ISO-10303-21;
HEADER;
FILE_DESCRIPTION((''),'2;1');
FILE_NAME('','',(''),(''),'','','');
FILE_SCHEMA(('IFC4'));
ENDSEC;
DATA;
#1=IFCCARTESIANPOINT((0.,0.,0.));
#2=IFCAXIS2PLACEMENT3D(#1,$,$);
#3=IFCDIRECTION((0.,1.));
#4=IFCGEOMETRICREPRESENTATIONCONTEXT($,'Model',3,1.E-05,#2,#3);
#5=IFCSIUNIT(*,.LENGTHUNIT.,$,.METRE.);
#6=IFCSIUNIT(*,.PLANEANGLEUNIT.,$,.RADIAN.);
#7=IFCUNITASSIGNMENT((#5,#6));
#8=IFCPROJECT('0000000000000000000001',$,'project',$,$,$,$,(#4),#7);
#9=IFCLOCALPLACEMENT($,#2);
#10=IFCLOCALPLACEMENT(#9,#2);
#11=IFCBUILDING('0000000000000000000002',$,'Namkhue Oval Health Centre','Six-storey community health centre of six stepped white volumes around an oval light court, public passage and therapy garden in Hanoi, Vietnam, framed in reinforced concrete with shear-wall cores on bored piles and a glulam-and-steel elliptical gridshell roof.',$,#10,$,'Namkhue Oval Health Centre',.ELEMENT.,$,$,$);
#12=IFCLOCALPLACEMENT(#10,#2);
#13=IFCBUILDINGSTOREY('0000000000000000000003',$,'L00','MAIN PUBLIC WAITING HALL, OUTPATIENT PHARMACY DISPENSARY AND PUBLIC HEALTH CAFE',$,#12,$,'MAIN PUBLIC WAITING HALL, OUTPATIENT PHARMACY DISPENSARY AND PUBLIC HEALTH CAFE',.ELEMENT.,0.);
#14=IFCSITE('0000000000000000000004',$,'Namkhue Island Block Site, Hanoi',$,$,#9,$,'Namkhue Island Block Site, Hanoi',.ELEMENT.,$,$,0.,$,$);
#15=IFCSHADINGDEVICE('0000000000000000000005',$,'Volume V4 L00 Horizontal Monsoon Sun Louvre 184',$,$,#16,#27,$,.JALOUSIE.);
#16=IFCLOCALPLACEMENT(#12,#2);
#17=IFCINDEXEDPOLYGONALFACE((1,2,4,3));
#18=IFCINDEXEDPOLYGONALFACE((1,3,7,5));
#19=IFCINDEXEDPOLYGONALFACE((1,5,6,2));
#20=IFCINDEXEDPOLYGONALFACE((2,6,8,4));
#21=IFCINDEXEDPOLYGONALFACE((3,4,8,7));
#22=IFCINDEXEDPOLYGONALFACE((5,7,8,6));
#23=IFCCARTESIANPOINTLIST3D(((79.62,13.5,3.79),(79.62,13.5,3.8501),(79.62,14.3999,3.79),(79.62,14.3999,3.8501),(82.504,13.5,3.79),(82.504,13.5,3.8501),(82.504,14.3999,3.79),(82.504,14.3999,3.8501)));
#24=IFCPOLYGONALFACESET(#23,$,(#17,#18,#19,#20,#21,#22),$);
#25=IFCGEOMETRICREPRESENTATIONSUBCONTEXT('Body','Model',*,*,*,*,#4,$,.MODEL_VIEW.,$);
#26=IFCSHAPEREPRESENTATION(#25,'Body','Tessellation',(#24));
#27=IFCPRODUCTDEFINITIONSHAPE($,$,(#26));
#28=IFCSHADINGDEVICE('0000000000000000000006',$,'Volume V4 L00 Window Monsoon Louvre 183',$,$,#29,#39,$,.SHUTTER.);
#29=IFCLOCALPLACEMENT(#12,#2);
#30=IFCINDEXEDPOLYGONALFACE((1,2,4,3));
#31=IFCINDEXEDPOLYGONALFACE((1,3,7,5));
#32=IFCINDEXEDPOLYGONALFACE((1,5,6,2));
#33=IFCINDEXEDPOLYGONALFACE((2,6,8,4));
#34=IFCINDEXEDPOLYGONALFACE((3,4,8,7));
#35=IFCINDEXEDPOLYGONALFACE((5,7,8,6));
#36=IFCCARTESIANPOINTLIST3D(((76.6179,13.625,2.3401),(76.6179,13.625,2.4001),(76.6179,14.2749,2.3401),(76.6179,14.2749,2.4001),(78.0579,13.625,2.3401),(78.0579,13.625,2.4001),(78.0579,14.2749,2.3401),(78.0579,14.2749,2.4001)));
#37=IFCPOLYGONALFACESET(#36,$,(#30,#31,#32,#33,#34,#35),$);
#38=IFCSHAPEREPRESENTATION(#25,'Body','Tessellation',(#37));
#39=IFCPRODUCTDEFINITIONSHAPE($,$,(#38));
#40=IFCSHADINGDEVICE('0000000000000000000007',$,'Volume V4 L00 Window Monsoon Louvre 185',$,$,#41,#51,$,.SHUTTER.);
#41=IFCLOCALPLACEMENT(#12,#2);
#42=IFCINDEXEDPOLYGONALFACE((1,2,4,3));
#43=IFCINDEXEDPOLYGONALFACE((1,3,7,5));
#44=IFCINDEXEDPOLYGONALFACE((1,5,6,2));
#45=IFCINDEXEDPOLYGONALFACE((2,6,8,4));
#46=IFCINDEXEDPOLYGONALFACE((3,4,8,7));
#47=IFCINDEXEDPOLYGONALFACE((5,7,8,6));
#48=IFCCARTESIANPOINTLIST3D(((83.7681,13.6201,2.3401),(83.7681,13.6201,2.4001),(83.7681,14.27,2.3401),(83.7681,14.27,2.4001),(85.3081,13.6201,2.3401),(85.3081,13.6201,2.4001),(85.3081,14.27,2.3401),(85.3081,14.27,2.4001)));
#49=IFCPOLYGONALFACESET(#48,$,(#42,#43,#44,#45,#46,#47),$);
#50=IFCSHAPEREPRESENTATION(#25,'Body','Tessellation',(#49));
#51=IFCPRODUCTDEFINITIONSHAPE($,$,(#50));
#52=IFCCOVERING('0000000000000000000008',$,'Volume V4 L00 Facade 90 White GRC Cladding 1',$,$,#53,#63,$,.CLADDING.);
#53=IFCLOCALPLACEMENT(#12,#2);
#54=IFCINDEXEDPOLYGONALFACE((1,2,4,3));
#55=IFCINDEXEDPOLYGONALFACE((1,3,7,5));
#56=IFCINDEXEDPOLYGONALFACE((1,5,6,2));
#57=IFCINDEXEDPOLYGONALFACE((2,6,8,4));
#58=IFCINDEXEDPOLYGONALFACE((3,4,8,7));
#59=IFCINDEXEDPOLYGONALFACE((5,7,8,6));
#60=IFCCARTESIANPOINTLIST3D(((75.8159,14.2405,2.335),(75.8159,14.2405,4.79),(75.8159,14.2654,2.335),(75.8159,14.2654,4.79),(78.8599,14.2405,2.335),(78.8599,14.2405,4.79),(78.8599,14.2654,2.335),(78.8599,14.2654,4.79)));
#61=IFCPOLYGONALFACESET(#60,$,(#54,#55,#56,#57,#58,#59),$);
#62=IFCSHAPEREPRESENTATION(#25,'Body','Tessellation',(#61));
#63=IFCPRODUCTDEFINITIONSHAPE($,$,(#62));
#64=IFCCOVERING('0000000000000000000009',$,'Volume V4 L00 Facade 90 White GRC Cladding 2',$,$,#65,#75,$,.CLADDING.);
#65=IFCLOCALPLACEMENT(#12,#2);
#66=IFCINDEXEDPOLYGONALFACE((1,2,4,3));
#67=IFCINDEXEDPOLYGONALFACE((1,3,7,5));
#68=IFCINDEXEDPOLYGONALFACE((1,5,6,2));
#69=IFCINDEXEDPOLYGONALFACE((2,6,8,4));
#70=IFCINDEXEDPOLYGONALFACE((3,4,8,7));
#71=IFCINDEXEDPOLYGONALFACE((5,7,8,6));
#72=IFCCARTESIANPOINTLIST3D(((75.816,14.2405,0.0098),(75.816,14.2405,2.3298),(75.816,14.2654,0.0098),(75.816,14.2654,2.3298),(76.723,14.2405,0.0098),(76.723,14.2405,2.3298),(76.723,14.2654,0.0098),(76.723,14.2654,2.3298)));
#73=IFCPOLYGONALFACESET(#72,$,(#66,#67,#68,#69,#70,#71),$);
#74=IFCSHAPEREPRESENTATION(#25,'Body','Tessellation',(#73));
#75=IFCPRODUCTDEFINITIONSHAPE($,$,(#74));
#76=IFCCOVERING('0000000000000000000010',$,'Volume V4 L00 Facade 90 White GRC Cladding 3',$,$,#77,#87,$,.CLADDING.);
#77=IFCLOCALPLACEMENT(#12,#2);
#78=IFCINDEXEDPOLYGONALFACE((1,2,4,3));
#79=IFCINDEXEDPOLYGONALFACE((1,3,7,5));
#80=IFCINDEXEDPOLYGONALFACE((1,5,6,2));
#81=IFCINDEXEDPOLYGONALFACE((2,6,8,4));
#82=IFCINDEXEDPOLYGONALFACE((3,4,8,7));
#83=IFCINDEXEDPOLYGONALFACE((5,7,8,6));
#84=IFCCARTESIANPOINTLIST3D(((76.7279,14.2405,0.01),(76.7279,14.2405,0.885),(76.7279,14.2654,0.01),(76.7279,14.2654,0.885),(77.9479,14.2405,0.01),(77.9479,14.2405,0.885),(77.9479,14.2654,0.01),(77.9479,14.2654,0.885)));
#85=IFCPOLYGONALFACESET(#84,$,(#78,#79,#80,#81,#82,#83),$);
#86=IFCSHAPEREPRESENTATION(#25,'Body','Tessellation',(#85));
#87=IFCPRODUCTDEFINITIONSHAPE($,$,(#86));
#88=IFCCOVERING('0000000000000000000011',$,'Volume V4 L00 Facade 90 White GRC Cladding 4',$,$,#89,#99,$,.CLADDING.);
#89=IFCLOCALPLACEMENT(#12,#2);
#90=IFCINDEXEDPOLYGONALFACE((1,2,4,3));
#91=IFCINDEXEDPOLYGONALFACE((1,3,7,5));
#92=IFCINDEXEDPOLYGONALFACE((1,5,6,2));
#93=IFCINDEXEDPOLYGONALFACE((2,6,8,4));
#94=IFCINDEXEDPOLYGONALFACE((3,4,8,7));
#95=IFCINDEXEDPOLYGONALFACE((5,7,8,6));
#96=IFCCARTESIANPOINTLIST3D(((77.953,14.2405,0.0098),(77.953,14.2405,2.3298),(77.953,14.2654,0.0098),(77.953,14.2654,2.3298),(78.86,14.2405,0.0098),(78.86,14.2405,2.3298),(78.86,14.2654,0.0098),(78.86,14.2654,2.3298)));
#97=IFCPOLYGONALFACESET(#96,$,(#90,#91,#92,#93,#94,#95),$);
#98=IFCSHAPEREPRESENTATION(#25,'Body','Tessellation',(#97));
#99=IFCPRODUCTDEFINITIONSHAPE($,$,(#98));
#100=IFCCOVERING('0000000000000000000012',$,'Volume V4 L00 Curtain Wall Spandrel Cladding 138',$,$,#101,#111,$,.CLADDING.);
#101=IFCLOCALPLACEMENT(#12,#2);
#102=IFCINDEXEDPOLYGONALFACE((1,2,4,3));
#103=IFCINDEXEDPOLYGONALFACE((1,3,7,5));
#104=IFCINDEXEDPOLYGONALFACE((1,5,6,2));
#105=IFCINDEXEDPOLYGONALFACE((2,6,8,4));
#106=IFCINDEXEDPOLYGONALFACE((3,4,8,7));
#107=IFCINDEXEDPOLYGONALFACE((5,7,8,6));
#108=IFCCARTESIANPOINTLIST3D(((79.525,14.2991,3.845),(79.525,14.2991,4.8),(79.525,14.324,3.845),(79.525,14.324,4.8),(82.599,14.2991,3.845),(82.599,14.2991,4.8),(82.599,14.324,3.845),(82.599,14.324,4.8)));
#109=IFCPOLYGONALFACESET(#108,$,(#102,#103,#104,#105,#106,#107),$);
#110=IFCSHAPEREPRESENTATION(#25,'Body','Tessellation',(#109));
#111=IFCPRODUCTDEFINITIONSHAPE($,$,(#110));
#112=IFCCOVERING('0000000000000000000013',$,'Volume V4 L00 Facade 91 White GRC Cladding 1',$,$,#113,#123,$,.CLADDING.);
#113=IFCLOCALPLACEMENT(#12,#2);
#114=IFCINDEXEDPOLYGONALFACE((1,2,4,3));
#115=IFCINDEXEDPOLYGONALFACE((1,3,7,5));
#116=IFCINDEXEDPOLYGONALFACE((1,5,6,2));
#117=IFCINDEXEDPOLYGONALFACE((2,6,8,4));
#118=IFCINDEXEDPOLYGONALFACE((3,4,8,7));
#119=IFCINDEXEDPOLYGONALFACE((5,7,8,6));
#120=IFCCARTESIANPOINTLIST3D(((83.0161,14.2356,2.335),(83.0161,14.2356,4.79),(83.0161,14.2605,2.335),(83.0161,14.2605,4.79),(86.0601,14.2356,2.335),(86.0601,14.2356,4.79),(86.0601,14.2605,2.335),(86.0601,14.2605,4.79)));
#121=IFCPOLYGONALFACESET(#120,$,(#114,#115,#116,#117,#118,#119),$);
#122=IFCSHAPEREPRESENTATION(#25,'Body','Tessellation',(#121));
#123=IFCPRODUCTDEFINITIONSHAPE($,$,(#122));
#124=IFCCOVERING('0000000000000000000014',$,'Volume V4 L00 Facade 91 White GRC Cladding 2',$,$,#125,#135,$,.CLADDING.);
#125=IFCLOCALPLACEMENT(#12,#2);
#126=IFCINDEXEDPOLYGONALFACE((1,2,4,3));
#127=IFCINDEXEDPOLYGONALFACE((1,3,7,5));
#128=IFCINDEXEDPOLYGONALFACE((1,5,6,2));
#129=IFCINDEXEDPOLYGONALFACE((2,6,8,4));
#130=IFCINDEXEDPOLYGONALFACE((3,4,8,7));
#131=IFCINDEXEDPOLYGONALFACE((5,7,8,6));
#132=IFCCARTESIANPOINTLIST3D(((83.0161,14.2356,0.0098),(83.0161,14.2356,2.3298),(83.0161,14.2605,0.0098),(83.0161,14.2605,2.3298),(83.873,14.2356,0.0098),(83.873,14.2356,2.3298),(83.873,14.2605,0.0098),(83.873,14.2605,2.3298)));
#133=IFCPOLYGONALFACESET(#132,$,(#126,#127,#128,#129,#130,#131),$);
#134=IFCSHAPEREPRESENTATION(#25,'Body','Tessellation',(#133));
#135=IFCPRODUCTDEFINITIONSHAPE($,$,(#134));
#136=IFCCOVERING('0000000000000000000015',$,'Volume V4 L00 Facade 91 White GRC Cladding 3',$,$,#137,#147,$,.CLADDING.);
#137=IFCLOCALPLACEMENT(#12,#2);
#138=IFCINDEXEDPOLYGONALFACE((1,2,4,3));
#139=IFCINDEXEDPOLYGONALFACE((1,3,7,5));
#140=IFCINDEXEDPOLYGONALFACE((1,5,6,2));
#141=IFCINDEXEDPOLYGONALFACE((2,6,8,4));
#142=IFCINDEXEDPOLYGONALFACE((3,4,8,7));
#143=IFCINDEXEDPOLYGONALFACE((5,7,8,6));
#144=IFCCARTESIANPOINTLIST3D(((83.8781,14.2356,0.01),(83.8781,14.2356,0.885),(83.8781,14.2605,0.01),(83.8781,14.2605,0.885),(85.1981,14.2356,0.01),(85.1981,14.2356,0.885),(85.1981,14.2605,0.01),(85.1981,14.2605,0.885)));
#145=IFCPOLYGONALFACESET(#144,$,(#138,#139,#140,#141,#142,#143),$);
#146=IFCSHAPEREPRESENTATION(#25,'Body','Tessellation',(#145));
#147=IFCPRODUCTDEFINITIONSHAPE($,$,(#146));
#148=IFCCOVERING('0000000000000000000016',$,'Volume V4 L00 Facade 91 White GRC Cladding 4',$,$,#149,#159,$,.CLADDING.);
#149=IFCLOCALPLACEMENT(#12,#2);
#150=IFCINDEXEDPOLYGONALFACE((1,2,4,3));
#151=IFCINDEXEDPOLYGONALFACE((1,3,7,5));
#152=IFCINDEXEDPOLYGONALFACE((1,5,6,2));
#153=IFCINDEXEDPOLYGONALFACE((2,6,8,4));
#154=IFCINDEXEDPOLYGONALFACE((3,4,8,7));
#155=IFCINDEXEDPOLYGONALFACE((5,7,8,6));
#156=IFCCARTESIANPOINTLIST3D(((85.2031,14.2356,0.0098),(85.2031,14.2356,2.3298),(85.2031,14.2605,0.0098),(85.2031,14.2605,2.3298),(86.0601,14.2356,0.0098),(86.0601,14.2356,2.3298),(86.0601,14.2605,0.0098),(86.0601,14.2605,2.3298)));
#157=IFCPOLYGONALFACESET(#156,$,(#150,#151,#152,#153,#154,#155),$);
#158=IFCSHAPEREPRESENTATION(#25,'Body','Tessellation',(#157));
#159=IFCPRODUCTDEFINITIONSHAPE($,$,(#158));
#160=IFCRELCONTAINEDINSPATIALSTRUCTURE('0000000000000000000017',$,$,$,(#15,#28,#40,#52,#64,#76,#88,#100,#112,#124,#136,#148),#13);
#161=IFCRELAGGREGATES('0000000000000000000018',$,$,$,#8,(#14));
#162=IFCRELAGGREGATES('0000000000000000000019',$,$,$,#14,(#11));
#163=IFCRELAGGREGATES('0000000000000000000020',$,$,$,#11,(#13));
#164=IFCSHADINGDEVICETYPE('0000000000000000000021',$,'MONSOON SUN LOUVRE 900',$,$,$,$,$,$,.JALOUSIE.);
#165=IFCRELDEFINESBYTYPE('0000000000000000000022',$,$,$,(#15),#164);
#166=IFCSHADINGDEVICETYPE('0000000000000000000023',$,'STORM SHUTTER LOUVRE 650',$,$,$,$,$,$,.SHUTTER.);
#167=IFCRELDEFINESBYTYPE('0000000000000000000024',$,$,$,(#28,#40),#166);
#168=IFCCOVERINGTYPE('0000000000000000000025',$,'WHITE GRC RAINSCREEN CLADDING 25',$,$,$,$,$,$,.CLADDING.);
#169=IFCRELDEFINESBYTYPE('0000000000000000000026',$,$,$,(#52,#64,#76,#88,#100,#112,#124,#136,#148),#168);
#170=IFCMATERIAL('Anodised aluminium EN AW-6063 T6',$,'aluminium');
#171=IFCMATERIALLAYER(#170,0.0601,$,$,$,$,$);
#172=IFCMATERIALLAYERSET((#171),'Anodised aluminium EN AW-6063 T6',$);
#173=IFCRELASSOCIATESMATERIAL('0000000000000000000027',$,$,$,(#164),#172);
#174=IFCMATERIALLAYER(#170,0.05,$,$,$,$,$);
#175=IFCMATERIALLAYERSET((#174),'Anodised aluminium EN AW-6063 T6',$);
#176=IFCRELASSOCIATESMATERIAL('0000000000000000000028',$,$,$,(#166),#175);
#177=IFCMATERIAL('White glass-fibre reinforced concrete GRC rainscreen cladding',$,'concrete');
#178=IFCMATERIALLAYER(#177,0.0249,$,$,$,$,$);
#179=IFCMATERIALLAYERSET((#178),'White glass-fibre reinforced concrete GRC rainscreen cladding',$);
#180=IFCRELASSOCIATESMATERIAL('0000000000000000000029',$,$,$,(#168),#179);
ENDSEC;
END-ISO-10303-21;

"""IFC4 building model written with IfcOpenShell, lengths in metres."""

from ifc_helpers import new_model, si_unit, direction, frame, origin, origin_2d, place, context, subcontext, project, spatial, rectangle, extrude, material, layer, layer_set, type_object, element, save


model = new_model("IFC4")

# Units and contexts
model_context = context("Model", 3, precision=1e-05, world=origin(), true_north=direction((0.0, 1.0)))
body_context = subcontext(model_context, "Body", "Model", "MODEL_VIEW")
ifc_project = project(units=[si_unit("LENGTHUNIT", "METRE"), si_unit("PLANEANGLEUNIT", "RADIAN")], contexts=[model_context])

# Site, building, storey
site_placement = place(None, origin())
site = spatial("IfcSite", under=ifc_project, at=site_placement, Name="Namkhue Island Block Site, Hanoi", LongName="Namkhue Island Block Site, Hanoi", CompositionType="ELEMENT", RefElevation=0.0)
building_placement = place(site_placement, origin())
building = spatial("IfcBuilding", under=site, at=building_placement, Name="Namkhue Oval Health Centre", Description="Six-storey community health centre of six stepped white volumes around an oval light court, public passage and therapy garden in Hanoi, Vietnam, framed in reinforced concrete with shear-wall cores on bored piles and a glulam-and-steel elliptical gridshell roof.", LongName="Namkhue Oval Health Centre", CompositionType="ELEMENT")
storey_placement = place(building_placement, origin())
storey = spatial("IfcBuildingStorey", under=building, at=storey_placement, Name="L00", Description="MAIN PUBLIC WAITING HALL, OUTPATIENT PHARMACY DISPENSARY AND PUBLIC HEALTH CAFE", LongName="MAIN PUBLIC WAITING HALL, OUTPATIENT PHARMACY DISPENSARY AND PUBLIC HEALTH CAFE", CompositionType="ELEMENT", Elevation=0.0)

# Shared definitions
ifc_material_1 = material(Name="Anodised aluminium EN AW-6063 T6", Category="aluminium")

# Shading devices
ifc_layer_1 = layer(ifc_material_1, 0.0601)
ifc_layer_set_1 = layer_set([ifc_layer_1], Name="Anodised aluminium EN AW-6063 T6")
shading_device_type_1 = type_object("IfcShadingDeviceType", Name="MONSOON SUN LOUVRE 900", PredefinedType="JALOUSIE", material=ifc_layer_set_1)
shading_device_1_placement = place(storey_placement, frame((81.062, 13.95, 3.79), z_axis=(0.0, 0.0, 1.0), x_axis=(1.0, 0.0, 0.0)))
element("IfcShadingDevice", 1, at=shading_device_1_placement, inside=storey, type_object=shading_device_type_1, Name="Volume V4 L00 Horizontal Monsoon Sun Louvre 184", PredefinedType="JALOUSIE", context=body_context, shape_type="SweptSolid", body=[
    extrude(rectangle(XDim=2.884, YDim=0.8999, at=origin_2d()), origin(), (0.0, 0.0, 1.0), 0.0601),
])
ifc_layer_2 = layer(ifc_material_1, 0.05)
ifc_layer_set_2 = layer_set([ifc_layer_2], Name="Anodised aluminium EN AW-6063 T6")
shading_device_type_2 = type_object("IfcShadingDeviceType", Name="STORM SHUTTER LOUVRE 650", PredefinedType="SHUTTER", material=ifc_layer_set_2)
shading_device_2_placement = place(storey_placement, frame((77.3379, 13.95, 2.3401), z_axis=(0.0, 0.0, 1.0), x_axis=(1.0, 0.0, 0.0)))
element("IfcShadingDevice", 2, at=shading_device_2_placement, inside=storey, type_object=shading_device_type_2, Name="Volume V4 L00 Window Monsoon Louvre 183", PredefinedType="SHUTTER", context=body_context, shape_type="SweptSolid", body=[
    extrude(rectangle(XDim=1.4399, YDim=0.6499, at=origin_2d()), origin(), (0.0, 0.0, 1.0), 0.0601),
])
shading_device_3_placement = place(storey_placement, frame((84.5381, 13.9451, 2.3401), z_axis=(0.0, 0.0, 1.0), x_axis=(1.0, 0.0, 0.0)))
element("IfcShadingDevice", 3, at=shading_device_3_placement, inside=storey, type_object=shading_device_type_2, Name="Volume V4 L00 Window Monsoon Louvre 185", PredefinedType="SHUTTER", context=body_context, shape_type="SweptSolid", body=[
    extrude(rectangle(XDim=1.54, YDim=0.6499, at=origin_2d()), origin(), (0.0, 0.0, 1.0), 0.0601),
])

# Coverings
ifc_material_2 = material(Name="White glass-fibre reinforced concrete GRC rainscreen cladding", Category="concrete")
ifc_layer_3 = layer(ifc_material_2, 0.0249)
ifc_layer_set_3 = layer_set([ifc_layer_3], Name="White glass-fibre reinforced concrete GRC rainscreen cladding")
covering_type = type_object("IfcCoveringType", Name="WHITE GRC RAINSCREEN CLADDING 25", PredefinedType="CLADDING", material=ifc_layer_set_3)
covering_1_placement = place(storey_placement, frame((77.3379, 14.2529, 2.335), z_axis=(0.0, 0.0, 1.0), x_axis=(1.0, 0.0, 0.0)))
element("IfcCovering", 4, at=covering_1_placement, inside=storey, type_object=covering_type, Name="Volume V4 L00 Facade 90 White GRC Cladding 1", PredefinedType="CLADDING", context=body_context, shape_type="SweptSolid", body=[
    extrude(rectangle(XDim=3.0439, YDim=0.0249, at=origin_2d()), origin(), (0.0, 0.0, 1.0), 2.4551),
])
covering_2_placement = place(storey_placement, frame((76.2695, 14.2529, 0.0098), z_axis=(0.0, 0.0, 1.0), x_axis=(1.0, 0.0, 0.0)))
element("IfcCovering", 5, at=covering_2_placement, inside=storey, type_object=covering_type, Name="Volume V4 L00 Facade 90 White GRC Cladding 2", PredefinedType="CLADDING", context=body_context, shape_type="SweptSolid", body=[
    extrude(rectangle(XDim=0.907, YDim=0.0249, at=origin_2d()), origin(), (0.0, 0.0, 1.0), 2.3201),
])
covering_3_placement = place(storey_placement, frame((77.3379, 14.2529, 0.01), z_axis=(0.0, 0.0, 1.0), x_axis=(1.0, 0.0, 0.0)))
element("IfcCovering", 6, at=covering_3_placement, inside=storey, type_object=covering_type, Name="Volume V4 L00 Facade 90 White GRC Cladding 3", PredefinedType="CLADDING", context=body_context, shape_type="SweptSolid", body=[
    extrude(rectangle(XDim=1.22, YDim=0.0249, at=origin_2d()), origin(), (0.0, 0.0, 1.0), 0.875),
])
covering_4_placement = place(storey_placement, frame((78.4065, 14.2529, 0.0098), z_axis=(0.0, 0.0, 1.0), x_axis=(1.0, 0.0, 0.0)))
element("IfcCovering", 7, at=covering_4_placement, inside=storey, type_object=covering_type, Name="Volume V4 L00 Facade 90 White GRC Cladding 4", PredefinedType="CLADDING", context=body_context, shape_type="SweptSolid", body=[
    extrude(rectangle(XDim=0.907, YDim=0.0249, at=origin_2d()), origin(), (0.0, 0.0, 1.0), 2.3201),
])
covering_5_placement = place(storey_placement, frame((81.062, 14.3115, 3.845), z_axis=(0.0, 0.0, 1.0), x_axis=(1.0, 0.0, 0.0)))
element("IfcCovering", 8, at=covering_5_placement, inside=storey, type_object=covering_type, Name="Volume V4 L00 Curtain Wall Spandrel Cladding 138", PredefinedType="CLADDING", context=body_context, shape_type="SweptSolid", body=[
    extrude(rectangle(XDim=3.074, YDim=0.0249, at=origin_2d()), origin(), (0.0, 0.0, 1.0), 0.9551),
])
covering_6_placement = place(storey_placement, frame((84.5381, 14.248, 2.335), z_axis=(0.0, 0.0, 1.0), x_axis=(1.0, 0.0, 0.0)))
element("IfcCovering", 9, at=covering_6_placement, inside=storey, type_object=covering_type, Name="Volume V4 L00 Facade 91 White GRC Cladding 1", PredefinedType="CLADDING", context=body_context, shape_type="SweptSolid", body=[
    extrude(rectangle(XDim=3.0439, YDim=0.0249, at=origin_2d()), origin(), (0.0, 0.0, 1.0), 2.4551),
])
covering_7_placement = place(storey_placement, frame((83.4446, 14.248, 0.0098), z_axis=(0.0, 0.0, 1.0), x_axis=(1.0, 0.0, 0.0)))
element("IfcCovering", 10, at=covering_7_placement, inside=storey, type_object=covering_type, Name="Volume V4 L00 Facade 91 White GRC Cladding 2", PredefinedType="CLADDING", context=body_context, shape_type="SweptSolid", body=[
    extrude(rectangle(XDim=0.8569, YDim=0.0249, at=origin_2d()), origin(), (0.0, 0.0, 1.0), 2.3201),
])
covering_8_placement = place(storey_placement, frame((84.5381, 14.248, 0.01), z_axis=(0.0, 0.0, 1.0), x_axis=(1.0, 0.0, 0.0)))
element("IfcCovering", 11, at=covering_8_placement, inside=storey, type_object=covering_type, Name="Volume V4 L00 Facade 91 White GRC Cladding 3", PredefinedType="CLADDING", context=body_context, shape_type="SweptSolid", body=[
    extrude(rectangle(XDim=1.3201, YDim=0.0249, at=origin_2d()), origin(), (0.0, 0.0, 1.0), 0.875),
])
covering_9_placement = place(storey_placement, frame((85.6316, 14.248, 0.0098), z_axis=(0.0, 0.0, 1.0), x_axis=(1.0, 0.0, 0.0)))
element("IfcCovering", 12, at=covering_9_placement, inside=storey, type_object=covering_type, Name="Volume V4 L00 Facade 91 White GRC Cladding 4", PredefinedType="CLADDING", context=body_context, shape_type="SweptSolid", body=[
    extrude(rectangle(XDim=0.8569, YDim=0.0249, at=origin_2d()), origin(), (0.0, 0.0, 1.0), 2.3201),
])

save(model, "model.ifc")
